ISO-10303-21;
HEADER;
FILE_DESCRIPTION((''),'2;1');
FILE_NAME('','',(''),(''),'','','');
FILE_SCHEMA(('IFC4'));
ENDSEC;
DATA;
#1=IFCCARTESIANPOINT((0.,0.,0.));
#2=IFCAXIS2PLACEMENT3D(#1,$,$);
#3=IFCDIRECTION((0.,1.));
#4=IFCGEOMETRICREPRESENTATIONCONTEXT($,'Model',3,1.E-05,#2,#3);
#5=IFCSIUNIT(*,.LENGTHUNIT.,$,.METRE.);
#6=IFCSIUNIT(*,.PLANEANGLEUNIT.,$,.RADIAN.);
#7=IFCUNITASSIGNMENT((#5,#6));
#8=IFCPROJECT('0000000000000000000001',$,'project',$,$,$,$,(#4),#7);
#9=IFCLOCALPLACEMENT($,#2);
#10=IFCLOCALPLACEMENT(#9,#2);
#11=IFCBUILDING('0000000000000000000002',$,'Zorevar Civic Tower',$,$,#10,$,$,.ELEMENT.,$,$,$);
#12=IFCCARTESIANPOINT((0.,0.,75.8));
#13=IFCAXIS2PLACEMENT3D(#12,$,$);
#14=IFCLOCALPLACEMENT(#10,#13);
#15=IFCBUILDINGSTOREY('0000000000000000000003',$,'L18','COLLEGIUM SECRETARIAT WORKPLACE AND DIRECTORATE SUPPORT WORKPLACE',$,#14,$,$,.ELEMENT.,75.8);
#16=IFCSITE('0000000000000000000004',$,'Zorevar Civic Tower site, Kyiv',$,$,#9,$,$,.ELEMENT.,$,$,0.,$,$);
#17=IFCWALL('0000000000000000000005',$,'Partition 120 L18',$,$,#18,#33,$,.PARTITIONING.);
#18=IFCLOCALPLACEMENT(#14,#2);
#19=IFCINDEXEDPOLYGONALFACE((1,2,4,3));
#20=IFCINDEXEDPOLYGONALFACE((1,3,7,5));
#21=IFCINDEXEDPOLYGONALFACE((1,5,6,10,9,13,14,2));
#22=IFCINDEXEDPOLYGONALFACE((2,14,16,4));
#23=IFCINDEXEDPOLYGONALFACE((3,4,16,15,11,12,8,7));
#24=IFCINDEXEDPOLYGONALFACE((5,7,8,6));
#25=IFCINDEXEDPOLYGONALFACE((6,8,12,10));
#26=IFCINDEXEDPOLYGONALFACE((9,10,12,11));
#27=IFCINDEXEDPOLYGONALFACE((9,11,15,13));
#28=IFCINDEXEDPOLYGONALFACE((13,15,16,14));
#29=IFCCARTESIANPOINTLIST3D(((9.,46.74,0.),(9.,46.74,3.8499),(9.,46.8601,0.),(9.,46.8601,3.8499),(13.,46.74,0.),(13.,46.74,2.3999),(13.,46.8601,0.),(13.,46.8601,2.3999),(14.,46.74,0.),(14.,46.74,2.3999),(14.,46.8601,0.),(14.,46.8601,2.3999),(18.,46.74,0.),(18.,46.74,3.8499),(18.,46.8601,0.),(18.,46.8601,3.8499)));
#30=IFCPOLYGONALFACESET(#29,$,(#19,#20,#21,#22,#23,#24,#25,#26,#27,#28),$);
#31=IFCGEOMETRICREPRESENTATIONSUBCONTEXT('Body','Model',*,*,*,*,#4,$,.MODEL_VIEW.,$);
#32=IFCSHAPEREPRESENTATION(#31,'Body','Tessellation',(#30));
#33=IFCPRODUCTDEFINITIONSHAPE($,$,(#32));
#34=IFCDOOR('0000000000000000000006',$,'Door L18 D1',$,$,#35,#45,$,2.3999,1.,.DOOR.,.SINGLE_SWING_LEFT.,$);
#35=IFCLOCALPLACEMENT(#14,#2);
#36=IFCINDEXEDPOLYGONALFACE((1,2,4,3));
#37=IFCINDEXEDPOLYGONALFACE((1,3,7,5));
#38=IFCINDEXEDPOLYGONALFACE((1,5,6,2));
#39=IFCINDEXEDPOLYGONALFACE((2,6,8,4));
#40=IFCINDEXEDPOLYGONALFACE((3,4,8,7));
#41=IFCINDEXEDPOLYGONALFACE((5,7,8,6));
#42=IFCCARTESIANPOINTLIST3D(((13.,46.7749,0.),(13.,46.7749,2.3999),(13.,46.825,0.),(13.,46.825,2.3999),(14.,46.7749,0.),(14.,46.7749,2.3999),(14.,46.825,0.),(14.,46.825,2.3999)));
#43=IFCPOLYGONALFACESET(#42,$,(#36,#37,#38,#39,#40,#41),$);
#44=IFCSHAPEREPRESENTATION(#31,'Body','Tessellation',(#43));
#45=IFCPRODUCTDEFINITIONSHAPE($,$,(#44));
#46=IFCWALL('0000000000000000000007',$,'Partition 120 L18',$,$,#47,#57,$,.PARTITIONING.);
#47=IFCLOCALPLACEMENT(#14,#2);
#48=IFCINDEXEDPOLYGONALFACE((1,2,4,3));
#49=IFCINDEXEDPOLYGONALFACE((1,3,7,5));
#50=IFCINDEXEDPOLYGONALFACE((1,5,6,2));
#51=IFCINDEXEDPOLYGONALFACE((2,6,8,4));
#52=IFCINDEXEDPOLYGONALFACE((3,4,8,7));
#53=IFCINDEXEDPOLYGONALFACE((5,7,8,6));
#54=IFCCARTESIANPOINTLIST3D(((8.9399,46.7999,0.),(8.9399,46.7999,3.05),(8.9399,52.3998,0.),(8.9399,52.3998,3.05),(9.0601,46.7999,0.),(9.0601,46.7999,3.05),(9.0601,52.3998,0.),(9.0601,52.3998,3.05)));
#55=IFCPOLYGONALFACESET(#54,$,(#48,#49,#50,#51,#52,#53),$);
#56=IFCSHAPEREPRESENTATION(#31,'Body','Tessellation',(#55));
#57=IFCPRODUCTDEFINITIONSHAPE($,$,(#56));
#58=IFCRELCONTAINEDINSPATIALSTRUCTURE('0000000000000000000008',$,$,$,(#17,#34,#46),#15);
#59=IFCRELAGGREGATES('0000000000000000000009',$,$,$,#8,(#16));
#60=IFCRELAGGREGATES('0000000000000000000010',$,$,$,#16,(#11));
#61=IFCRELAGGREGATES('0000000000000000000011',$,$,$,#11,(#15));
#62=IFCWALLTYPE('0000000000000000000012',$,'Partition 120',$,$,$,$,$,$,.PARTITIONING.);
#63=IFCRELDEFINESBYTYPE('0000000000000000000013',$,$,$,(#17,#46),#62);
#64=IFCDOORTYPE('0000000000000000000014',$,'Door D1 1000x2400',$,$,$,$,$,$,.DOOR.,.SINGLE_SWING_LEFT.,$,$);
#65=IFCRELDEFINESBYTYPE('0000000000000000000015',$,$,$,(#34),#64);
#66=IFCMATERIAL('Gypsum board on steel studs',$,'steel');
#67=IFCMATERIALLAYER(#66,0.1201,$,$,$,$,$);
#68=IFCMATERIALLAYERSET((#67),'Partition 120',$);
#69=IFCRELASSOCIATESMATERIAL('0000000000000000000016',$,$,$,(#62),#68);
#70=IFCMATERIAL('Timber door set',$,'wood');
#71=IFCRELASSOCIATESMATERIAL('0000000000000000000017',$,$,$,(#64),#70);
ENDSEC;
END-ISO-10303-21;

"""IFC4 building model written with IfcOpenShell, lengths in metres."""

from ifc_helpers import new_model, si_unit, direction, frame, frame_2d, origin, place, context, subcontext, project, spatial, rectangle, extrude, material, layer, layer_set, type_object, element, fill, save


model = new_model("IFC4")

# Units and contexts
model_context = context("Model", 3, precision=1e-05, world=origin(), true_north=direction((0.0, 1.0)))
body_context = subcontext(model_context, "Body", "Model", "MODEL_VIEW")
ifc_project = project(units=[si_unit("LENGTHUNIT", "METRE"), si_unit("PLANEANGLEUNIT", "RADIAN")], contexts=[model_context])

# Site, building, storey
site_placement = place(None, origin())
site = spatial("IfcSite", under=ifc_project, at=site_placement, Name="Zorevar Civic Tower site, Kyiv", CompositionType="ELEMENT", RefElevation=0.0)
building_placement = place(site_placement, origin())
building = spatial("IfcBuilding", under=site, at=building_placement, Name="Zorevar Civic Tower", CompositionType="ELEMENT")
storey_placement = place(building_placement, frame((0.0, 0.0, 75.8)))
storey = spatial("IfcBuildingStorey", under=building, at=storey_placement, Name="L18", Description="COLLEGIUM SECRETARIAT WORKPLACE AND DIRECTORATE SUPPORT WORKPLACE", CompositionType="ELEMENT", Elevation=75.8)

# Wall, opening, door
ifc_material_1 = material(Name="Gypsum board on steel studs", Category="steel")
ifc_layer_1 = layer(ifc_material_1, 0.1201)
ifc_layer_set_1 = layer_set([ifc_layer_1], Name="Partition 120")
wall_type_1 = type_object("IfcWallType", Name="Partition 120", PredefinedType="PARTITIONING", material=ifc_layer_set_1)
wall_1_placement = place(storey_placement, frame((9.0, 46.8, 0.0), z_axis=(0.0, 0.0, 1.0), x_axis=(1.0, 0.0, 0.0)))
wall_1 = element("IfcWall", 1, at=wall_1_placement, inside=storey, type_object=wall_type_1, Name="Partition 120 L18", PredefinedType="PARTITIONING", context=body_context, shape_type="SweptSolid", body=[
    extrude(rectangle(XDim=9.0, YDim=0.1201, at=frame_2d((4.5, 0.0))), origin(), (0.0, 0.0, 1.0), 3.8499),
])
opening_placement = place(wall_1_placement, frame((4.0, 0.0, 0.0)))
opening = element("IfcOpeningElement", 2, at=opening_placement, cuts=wall_1, PredefinedType="OPENING", context=body_context, shape_type="SweptSolid", body=[
    extrude(rectangle(XDim=1.0, YDim=2.3999, at=frame_2d((0.5, 1.2))), frame((0.0, 0.0701, 0.0), z_axis=(0.0, -1.0, 0.0), x_axis=(1.0, 0.0, 0.0)), (0.0, 0.0, 1.0), 0.1401),
])
ifc_material_2 = material(Name="Timber door set", Category="wood")
door_type = type_object("IfcDoorType", Name="Door D1 1000x2400", OperationType="SINGLE_SWING_LEFT", PredefinedType="DOOR", material=ifc_material_2)
door_placement = place(opening_placement, origin())
door = element("IfcDoor", 3, at=door_placement, inside=storey, type_object=door_type, Name="Door L18 D1", OperationType="SINGLE_SWING_LEFT", OverallHeight=2.3999, OverallWidth=1.0, PredefinedType="DOOR", context=body_context, shape_type="SweptSolid", body=[
    extrude(rectangle(XDim=1.0, YDim=2.3999, at=frame_2d((0.5, 1.2))), frame((0.0, 0.0249, 0.0), z_axis=(0.0, -1.0, 0.0), x_axis=(1.0, 0.0, 0.0)), (0.0, 0.0, 1.0), 0.05),
])
fill(opening, door)

# Wall
wall_2_placement = place(storey_placement, frame((9.0, 46.8, 0.0), z_axis=(0.0, 0.0, 1.0), x_axis=(0.0, 1.0, 0.0)))
element("IfcWall", 4, at=wall_2_placement, inside=storey, type_object=wall_type_1, Name="Partition 120 L18", PredefinedType="PARTITIONING", context=body_context, shape_type="SweptSolid", body=[
    extrude(rectangle(XDim=5.5999, YDim=0.1201, at=frame_2d((2.7998, 0.0))), origin(), (0.0, 0.0, 1.0), 3.05),
])

save(model, "model.ifc")
